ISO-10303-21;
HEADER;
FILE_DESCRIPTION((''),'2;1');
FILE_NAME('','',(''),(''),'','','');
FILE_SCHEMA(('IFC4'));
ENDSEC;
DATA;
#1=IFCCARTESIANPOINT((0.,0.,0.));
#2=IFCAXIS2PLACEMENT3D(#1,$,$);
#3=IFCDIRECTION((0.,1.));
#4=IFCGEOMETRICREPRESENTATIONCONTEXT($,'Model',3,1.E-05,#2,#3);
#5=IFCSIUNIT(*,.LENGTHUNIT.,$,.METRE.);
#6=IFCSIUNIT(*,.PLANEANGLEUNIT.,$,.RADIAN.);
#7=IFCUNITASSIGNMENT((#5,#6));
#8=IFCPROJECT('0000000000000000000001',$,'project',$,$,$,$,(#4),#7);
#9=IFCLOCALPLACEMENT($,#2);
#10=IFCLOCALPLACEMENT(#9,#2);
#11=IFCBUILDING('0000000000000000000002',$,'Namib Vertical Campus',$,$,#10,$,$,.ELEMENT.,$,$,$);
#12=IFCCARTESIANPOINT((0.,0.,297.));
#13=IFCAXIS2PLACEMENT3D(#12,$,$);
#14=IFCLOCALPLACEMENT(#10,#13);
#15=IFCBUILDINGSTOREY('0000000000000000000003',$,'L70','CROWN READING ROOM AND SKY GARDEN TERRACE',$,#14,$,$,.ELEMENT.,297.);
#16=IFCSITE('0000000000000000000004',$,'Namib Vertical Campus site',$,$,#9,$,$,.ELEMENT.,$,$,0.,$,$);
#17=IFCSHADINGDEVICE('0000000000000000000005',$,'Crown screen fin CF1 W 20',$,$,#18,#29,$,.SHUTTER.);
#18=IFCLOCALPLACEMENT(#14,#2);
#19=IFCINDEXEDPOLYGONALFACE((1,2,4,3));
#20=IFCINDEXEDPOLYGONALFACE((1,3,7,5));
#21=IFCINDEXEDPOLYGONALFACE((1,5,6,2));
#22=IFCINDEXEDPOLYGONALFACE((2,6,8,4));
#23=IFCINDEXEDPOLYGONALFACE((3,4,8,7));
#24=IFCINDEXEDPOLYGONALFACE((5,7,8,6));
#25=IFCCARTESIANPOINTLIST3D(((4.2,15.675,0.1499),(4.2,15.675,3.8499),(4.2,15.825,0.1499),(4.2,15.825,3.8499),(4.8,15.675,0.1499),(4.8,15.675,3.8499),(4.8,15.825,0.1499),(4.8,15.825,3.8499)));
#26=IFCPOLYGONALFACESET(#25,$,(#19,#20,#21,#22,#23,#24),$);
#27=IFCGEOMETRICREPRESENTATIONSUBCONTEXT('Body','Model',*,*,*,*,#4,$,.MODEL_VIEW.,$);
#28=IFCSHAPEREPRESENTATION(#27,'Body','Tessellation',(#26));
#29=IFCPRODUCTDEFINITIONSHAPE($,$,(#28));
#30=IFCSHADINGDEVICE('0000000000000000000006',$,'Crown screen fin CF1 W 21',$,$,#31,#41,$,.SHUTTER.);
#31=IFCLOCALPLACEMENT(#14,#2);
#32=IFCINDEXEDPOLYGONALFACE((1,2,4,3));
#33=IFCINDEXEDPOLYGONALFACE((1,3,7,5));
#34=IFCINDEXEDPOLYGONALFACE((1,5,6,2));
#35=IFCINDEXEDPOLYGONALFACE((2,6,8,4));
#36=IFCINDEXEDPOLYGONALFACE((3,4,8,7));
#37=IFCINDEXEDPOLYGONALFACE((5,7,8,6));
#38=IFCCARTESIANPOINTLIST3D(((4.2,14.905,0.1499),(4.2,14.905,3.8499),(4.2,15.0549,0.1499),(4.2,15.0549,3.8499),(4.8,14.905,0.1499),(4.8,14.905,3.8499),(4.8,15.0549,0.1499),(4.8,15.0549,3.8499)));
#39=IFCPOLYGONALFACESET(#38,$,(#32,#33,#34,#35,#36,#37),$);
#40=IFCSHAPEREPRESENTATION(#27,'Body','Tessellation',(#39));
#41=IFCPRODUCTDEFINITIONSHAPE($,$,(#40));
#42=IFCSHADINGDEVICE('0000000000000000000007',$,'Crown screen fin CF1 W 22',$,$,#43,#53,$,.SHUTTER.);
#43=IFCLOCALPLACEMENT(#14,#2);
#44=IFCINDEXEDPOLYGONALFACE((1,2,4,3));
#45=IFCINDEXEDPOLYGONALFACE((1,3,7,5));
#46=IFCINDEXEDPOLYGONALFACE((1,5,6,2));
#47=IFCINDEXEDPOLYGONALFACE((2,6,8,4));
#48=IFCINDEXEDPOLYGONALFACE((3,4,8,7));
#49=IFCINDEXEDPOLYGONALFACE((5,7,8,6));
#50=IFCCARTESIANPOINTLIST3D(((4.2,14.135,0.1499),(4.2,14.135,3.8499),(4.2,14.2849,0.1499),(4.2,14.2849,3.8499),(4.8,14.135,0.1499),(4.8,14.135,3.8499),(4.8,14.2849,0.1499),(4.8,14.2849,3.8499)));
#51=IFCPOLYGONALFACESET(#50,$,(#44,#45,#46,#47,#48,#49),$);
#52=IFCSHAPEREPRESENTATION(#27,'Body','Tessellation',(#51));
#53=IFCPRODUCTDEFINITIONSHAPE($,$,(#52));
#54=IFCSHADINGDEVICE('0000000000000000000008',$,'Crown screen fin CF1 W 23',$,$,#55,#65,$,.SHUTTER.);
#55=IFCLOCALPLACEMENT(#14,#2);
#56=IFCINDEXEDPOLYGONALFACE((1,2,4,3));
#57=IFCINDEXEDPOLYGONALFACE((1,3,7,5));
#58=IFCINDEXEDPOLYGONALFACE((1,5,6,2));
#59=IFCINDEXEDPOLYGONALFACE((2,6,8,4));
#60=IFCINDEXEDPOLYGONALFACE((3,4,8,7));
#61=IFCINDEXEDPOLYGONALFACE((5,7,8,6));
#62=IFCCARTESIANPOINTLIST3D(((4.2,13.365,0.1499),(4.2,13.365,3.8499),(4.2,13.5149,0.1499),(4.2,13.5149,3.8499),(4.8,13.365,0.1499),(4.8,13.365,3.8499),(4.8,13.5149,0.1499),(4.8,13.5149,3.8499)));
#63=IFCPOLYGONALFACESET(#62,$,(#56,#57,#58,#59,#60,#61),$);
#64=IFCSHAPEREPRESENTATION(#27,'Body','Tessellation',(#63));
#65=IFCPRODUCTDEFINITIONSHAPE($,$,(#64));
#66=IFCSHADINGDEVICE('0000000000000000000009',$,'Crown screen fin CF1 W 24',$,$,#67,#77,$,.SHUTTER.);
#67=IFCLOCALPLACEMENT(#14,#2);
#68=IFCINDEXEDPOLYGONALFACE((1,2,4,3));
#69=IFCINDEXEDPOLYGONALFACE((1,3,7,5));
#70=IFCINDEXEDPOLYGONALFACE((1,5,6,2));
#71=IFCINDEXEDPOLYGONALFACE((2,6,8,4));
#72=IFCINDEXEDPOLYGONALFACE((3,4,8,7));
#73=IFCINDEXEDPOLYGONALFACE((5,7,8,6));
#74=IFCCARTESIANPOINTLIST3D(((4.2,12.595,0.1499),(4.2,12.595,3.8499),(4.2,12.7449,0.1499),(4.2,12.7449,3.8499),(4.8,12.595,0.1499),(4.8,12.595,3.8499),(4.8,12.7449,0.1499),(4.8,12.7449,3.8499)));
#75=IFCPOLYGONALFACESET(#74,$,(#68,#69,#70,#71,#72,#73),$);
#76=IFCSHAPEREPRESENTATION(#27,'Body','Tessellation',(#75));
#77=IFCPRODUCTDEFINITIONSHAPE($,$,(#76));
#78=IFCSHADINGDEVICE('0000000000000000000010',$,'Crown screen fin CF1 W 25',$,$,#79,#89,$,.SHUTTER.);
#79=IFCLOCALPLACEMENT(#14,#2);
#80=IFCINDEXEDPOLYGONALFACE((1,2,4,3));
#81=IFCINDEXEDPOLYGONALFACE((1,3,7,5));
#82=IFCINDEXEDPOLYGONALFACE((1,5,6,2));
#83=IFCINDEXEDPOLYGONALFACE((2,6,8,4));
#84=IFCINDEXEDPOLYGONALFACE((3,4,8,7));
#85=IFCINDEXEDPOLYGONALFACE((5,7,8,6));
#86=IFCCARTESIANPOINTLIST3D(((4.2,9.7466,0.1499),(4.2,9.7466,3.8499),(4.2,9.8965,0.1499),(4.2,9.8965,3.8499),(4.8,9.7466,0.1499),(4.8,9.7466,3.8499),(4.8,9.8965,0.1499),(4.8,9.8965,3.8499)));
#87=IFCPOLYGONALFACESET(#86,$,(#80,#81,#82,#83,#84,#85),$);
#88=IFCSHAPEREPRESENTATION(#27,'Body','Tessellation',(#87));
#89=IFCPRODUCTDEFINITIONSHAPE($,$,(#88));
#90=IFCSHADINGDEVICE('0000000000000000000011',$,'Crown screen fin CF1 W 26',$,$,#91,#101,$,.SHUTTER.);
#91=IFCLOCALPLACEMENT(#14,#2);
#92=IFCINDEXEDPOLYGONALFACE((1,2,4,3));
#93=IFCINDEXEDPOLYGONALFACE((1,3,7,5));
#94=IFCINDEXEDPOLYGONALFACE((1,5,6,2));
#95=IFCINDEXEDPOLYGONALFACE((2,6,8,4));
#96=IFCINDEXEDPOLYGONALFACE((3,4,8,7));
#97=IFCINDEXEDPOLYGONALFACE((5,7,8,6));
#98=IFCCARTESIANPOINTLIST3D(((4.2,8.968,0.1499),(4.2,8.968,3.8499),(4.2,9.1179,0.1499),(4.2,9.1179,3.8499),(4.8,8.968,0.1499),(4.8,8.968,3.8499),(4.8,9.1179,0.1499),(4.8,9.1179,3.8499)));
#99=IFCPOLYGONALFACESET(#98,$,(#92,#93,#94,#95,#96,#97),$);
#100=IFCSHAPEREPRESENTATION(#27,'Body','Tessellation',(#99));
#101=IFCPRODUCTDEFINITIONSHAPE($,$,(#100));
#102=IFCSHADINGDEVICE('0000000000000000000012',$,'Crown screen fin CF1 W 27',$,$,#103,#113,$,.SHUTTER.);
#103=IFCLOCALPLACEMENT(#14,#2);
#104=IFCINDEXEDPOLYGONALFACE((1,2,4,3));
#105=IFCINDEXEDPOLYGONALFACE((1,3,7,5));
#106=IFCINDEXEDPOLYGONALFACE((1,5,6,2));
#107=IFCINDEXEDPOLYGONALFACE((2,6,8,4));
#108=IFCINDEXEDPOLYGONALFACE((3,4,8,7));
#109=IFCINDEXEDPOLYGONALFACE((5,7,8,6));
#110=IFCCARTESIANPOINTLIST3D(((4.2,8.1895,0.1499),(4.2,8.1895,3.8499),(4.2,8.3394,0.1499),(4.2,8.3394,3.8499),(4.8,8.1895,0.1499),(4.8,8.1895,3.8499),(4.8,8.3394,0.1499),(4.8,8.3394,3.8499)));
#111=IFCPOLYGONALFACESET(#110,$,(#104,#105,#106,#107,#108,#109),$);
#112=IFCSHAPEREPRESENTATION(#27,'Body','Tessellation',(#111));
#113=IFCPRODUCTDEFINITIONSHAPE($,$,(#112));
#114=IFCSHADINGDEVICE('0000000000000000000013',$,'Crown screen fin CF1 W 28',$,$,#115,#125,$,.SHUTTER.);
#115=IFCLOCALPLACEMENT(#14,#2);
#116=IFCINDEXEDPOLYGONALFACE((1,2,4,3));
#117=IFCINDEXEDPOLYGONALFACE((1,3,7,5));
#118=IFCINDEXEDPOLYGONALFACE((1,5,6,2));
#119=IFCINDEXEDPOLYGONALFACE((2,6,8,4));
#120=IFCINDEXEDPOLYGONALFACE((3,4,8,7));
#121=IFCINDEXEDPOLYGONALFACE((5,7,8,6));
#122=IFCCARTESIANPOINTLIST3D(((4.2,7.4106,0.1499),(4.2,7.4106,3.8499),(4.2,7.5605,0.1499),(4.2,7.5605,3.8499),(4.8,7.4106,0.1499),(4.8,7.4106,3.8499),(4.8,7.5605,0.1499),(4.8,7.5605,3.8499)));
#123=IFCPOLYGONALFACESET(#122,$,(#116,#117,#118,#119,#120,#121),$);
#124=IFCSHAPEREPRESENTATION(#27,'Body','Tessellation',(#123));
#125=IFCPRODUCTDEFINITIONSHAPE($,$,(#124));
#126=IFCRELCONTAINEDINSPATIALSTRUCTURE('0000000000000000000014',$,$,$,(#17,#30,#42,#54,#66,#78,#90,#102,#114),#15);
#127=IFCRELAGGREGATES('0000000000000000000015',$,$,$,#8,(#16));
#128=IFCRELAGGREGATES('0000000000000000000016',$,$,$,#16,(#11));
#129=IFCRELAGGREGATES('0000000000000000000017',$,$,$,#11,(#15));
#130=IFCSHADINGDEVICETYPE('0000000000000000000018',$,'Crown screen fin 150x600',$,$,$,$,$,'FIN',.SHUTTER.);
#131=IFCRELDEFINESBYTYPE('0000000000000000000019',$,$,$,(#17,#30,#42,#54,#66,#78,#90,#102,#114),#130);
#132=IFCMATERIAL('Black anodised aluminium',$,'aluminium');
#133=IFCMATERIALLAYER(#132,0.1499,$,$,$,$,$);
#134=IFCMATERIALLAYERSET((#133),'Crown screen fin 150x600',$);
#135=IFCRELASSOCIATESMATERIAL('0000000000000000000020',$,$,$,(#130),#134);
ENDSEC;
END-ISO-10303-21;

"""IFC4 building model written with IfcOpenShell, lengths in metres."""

from ifc_helpers import new_model, si_unit, direction, frame, origin, origin_2d, place, context, subcontext, project, spatial, rectangle, extrude, material, layer, layer_set, type_object, element, save


model = new_model("IFC4")

# Units and contexts
model_context = context("Model", 3, precision=1e-05, world=origin(), true_north=direction((0.0, 1.0)))
body_context = subcontext(model_context, "Body", "Model", "MODEL_VIEW")
ifc_project = project(units=[si_unit("LENGTHUNIT", "METRE"), si_unit("PLANEANGLEUNIT", "RADIAN")], contexts=[model_context])

# Site, building, storey
site_placement = place(None, origin())
site = spatial("IfcSite", under=ifc_project, at=site_placement, Name="Namib Vertical Campus site", CompositionType="ELEMENT", RefElevation=0.0)
building_placement = place(site_placement, origin())
building = spatial("IfcBuilding", under=site, at=building_placement, Name="Namib Vertical Campus", CompositionType="ELEMENT")
storey_placement = place(building_placement, frame((0.0, 0.0, 297.0)))
storey = spatial("IfcBuildingStorey", under=building, at=storey_placement, Name="L70", Description="CROWN READING ROOM AND SKY GARDEN TERRACE", CompositionType="ELEMENT", Elevation=297.0)

# Shading devices
ifc_material_1 = material(Name="Black anodised aluminium", Category="aluminium")
ifc_layer_1 = layer(ifc_material_1, 0.1499)
ifc_layer_set_1 = layer_set([ifc_layer_1], Name="Crown screen fin 150x600")
shading_device_type = type_object("IfcShadingDeviceType", Name="Crown screen fin 150x600", ElementType="FIN", PredefinedType="SHUTTER", material=ifc_layer_set_1)
for number, where, z_axis, x_axis, name in (
    (1, (4.5, 15.75, 0.1499), (0.0, 0.0, 1.0), (0.0, -1.0, 0.0), "Crown screen fin CF1 W 20"),
    (2, (4.5, 14.98, 0.1499), (0.0, 0.0, 1.0), (0.0, -1.0, 0.0), "Crown screen fin CF1 W 21"),
    (3, (4.5, 14.21, 0.1499), (0.0, 0.0, 1.0), (0.0, -1.0, 0.0), "Crown screen fin CF1 W 22"),
    (4, (4.5, 13.4399, 0.1499), (0.0, 0.0, 1.0), (0.0, -1.0, 0.0), "Crown screen fin CF1 W 23"),
    (5, (4.5, 12.6699, 0.1499), (0.0, 0.0, 1.0), (0.0, -1.0, 0.0), "Crown screen fin CF1 W 24"),
    (6, (4.5, 9.8215, 0.1499), (0.0, 0.0, 1.0), (0.0, -1.0, 0.0), "Crown screen fin CF1 W 25"),
    (7, (4.5, 9.043, 0.1499), (0.0, 0.0, 1.0), (0.0, -1.0, 0.0), "Crown screen fin CF1 W 26"),
    (8, (4.5, 8.2644, 0.1499), (0.0, 0.0, 1.0), (0.0, -1.0, 0.0), "Crown screen fin CF1 W 27"),
    (9, (4.5, 7.4856, 0.1499), (0.0, 0.0, 1.0), (0.0, -1.0, 0.0), "Crown screen fin CF1 W 28"),
):
    element("IfcShadingDevice", number, at=place(storey_placement, frame(where, z_axis=z_axis, x_axis=x_axis)), inside=storey, type_object=shading_device_type, Name=name, PredefinedType="SHUTTER", context=body_context, shape_type="SweptSolid", body=[
        extrude(rectangle(XDim=0.1499, YDim=0.6001, at=origin_2d()), origin(), (0.0, 0.0, 1.0), 3.7),
    ])

save(model, "model.ifc")
